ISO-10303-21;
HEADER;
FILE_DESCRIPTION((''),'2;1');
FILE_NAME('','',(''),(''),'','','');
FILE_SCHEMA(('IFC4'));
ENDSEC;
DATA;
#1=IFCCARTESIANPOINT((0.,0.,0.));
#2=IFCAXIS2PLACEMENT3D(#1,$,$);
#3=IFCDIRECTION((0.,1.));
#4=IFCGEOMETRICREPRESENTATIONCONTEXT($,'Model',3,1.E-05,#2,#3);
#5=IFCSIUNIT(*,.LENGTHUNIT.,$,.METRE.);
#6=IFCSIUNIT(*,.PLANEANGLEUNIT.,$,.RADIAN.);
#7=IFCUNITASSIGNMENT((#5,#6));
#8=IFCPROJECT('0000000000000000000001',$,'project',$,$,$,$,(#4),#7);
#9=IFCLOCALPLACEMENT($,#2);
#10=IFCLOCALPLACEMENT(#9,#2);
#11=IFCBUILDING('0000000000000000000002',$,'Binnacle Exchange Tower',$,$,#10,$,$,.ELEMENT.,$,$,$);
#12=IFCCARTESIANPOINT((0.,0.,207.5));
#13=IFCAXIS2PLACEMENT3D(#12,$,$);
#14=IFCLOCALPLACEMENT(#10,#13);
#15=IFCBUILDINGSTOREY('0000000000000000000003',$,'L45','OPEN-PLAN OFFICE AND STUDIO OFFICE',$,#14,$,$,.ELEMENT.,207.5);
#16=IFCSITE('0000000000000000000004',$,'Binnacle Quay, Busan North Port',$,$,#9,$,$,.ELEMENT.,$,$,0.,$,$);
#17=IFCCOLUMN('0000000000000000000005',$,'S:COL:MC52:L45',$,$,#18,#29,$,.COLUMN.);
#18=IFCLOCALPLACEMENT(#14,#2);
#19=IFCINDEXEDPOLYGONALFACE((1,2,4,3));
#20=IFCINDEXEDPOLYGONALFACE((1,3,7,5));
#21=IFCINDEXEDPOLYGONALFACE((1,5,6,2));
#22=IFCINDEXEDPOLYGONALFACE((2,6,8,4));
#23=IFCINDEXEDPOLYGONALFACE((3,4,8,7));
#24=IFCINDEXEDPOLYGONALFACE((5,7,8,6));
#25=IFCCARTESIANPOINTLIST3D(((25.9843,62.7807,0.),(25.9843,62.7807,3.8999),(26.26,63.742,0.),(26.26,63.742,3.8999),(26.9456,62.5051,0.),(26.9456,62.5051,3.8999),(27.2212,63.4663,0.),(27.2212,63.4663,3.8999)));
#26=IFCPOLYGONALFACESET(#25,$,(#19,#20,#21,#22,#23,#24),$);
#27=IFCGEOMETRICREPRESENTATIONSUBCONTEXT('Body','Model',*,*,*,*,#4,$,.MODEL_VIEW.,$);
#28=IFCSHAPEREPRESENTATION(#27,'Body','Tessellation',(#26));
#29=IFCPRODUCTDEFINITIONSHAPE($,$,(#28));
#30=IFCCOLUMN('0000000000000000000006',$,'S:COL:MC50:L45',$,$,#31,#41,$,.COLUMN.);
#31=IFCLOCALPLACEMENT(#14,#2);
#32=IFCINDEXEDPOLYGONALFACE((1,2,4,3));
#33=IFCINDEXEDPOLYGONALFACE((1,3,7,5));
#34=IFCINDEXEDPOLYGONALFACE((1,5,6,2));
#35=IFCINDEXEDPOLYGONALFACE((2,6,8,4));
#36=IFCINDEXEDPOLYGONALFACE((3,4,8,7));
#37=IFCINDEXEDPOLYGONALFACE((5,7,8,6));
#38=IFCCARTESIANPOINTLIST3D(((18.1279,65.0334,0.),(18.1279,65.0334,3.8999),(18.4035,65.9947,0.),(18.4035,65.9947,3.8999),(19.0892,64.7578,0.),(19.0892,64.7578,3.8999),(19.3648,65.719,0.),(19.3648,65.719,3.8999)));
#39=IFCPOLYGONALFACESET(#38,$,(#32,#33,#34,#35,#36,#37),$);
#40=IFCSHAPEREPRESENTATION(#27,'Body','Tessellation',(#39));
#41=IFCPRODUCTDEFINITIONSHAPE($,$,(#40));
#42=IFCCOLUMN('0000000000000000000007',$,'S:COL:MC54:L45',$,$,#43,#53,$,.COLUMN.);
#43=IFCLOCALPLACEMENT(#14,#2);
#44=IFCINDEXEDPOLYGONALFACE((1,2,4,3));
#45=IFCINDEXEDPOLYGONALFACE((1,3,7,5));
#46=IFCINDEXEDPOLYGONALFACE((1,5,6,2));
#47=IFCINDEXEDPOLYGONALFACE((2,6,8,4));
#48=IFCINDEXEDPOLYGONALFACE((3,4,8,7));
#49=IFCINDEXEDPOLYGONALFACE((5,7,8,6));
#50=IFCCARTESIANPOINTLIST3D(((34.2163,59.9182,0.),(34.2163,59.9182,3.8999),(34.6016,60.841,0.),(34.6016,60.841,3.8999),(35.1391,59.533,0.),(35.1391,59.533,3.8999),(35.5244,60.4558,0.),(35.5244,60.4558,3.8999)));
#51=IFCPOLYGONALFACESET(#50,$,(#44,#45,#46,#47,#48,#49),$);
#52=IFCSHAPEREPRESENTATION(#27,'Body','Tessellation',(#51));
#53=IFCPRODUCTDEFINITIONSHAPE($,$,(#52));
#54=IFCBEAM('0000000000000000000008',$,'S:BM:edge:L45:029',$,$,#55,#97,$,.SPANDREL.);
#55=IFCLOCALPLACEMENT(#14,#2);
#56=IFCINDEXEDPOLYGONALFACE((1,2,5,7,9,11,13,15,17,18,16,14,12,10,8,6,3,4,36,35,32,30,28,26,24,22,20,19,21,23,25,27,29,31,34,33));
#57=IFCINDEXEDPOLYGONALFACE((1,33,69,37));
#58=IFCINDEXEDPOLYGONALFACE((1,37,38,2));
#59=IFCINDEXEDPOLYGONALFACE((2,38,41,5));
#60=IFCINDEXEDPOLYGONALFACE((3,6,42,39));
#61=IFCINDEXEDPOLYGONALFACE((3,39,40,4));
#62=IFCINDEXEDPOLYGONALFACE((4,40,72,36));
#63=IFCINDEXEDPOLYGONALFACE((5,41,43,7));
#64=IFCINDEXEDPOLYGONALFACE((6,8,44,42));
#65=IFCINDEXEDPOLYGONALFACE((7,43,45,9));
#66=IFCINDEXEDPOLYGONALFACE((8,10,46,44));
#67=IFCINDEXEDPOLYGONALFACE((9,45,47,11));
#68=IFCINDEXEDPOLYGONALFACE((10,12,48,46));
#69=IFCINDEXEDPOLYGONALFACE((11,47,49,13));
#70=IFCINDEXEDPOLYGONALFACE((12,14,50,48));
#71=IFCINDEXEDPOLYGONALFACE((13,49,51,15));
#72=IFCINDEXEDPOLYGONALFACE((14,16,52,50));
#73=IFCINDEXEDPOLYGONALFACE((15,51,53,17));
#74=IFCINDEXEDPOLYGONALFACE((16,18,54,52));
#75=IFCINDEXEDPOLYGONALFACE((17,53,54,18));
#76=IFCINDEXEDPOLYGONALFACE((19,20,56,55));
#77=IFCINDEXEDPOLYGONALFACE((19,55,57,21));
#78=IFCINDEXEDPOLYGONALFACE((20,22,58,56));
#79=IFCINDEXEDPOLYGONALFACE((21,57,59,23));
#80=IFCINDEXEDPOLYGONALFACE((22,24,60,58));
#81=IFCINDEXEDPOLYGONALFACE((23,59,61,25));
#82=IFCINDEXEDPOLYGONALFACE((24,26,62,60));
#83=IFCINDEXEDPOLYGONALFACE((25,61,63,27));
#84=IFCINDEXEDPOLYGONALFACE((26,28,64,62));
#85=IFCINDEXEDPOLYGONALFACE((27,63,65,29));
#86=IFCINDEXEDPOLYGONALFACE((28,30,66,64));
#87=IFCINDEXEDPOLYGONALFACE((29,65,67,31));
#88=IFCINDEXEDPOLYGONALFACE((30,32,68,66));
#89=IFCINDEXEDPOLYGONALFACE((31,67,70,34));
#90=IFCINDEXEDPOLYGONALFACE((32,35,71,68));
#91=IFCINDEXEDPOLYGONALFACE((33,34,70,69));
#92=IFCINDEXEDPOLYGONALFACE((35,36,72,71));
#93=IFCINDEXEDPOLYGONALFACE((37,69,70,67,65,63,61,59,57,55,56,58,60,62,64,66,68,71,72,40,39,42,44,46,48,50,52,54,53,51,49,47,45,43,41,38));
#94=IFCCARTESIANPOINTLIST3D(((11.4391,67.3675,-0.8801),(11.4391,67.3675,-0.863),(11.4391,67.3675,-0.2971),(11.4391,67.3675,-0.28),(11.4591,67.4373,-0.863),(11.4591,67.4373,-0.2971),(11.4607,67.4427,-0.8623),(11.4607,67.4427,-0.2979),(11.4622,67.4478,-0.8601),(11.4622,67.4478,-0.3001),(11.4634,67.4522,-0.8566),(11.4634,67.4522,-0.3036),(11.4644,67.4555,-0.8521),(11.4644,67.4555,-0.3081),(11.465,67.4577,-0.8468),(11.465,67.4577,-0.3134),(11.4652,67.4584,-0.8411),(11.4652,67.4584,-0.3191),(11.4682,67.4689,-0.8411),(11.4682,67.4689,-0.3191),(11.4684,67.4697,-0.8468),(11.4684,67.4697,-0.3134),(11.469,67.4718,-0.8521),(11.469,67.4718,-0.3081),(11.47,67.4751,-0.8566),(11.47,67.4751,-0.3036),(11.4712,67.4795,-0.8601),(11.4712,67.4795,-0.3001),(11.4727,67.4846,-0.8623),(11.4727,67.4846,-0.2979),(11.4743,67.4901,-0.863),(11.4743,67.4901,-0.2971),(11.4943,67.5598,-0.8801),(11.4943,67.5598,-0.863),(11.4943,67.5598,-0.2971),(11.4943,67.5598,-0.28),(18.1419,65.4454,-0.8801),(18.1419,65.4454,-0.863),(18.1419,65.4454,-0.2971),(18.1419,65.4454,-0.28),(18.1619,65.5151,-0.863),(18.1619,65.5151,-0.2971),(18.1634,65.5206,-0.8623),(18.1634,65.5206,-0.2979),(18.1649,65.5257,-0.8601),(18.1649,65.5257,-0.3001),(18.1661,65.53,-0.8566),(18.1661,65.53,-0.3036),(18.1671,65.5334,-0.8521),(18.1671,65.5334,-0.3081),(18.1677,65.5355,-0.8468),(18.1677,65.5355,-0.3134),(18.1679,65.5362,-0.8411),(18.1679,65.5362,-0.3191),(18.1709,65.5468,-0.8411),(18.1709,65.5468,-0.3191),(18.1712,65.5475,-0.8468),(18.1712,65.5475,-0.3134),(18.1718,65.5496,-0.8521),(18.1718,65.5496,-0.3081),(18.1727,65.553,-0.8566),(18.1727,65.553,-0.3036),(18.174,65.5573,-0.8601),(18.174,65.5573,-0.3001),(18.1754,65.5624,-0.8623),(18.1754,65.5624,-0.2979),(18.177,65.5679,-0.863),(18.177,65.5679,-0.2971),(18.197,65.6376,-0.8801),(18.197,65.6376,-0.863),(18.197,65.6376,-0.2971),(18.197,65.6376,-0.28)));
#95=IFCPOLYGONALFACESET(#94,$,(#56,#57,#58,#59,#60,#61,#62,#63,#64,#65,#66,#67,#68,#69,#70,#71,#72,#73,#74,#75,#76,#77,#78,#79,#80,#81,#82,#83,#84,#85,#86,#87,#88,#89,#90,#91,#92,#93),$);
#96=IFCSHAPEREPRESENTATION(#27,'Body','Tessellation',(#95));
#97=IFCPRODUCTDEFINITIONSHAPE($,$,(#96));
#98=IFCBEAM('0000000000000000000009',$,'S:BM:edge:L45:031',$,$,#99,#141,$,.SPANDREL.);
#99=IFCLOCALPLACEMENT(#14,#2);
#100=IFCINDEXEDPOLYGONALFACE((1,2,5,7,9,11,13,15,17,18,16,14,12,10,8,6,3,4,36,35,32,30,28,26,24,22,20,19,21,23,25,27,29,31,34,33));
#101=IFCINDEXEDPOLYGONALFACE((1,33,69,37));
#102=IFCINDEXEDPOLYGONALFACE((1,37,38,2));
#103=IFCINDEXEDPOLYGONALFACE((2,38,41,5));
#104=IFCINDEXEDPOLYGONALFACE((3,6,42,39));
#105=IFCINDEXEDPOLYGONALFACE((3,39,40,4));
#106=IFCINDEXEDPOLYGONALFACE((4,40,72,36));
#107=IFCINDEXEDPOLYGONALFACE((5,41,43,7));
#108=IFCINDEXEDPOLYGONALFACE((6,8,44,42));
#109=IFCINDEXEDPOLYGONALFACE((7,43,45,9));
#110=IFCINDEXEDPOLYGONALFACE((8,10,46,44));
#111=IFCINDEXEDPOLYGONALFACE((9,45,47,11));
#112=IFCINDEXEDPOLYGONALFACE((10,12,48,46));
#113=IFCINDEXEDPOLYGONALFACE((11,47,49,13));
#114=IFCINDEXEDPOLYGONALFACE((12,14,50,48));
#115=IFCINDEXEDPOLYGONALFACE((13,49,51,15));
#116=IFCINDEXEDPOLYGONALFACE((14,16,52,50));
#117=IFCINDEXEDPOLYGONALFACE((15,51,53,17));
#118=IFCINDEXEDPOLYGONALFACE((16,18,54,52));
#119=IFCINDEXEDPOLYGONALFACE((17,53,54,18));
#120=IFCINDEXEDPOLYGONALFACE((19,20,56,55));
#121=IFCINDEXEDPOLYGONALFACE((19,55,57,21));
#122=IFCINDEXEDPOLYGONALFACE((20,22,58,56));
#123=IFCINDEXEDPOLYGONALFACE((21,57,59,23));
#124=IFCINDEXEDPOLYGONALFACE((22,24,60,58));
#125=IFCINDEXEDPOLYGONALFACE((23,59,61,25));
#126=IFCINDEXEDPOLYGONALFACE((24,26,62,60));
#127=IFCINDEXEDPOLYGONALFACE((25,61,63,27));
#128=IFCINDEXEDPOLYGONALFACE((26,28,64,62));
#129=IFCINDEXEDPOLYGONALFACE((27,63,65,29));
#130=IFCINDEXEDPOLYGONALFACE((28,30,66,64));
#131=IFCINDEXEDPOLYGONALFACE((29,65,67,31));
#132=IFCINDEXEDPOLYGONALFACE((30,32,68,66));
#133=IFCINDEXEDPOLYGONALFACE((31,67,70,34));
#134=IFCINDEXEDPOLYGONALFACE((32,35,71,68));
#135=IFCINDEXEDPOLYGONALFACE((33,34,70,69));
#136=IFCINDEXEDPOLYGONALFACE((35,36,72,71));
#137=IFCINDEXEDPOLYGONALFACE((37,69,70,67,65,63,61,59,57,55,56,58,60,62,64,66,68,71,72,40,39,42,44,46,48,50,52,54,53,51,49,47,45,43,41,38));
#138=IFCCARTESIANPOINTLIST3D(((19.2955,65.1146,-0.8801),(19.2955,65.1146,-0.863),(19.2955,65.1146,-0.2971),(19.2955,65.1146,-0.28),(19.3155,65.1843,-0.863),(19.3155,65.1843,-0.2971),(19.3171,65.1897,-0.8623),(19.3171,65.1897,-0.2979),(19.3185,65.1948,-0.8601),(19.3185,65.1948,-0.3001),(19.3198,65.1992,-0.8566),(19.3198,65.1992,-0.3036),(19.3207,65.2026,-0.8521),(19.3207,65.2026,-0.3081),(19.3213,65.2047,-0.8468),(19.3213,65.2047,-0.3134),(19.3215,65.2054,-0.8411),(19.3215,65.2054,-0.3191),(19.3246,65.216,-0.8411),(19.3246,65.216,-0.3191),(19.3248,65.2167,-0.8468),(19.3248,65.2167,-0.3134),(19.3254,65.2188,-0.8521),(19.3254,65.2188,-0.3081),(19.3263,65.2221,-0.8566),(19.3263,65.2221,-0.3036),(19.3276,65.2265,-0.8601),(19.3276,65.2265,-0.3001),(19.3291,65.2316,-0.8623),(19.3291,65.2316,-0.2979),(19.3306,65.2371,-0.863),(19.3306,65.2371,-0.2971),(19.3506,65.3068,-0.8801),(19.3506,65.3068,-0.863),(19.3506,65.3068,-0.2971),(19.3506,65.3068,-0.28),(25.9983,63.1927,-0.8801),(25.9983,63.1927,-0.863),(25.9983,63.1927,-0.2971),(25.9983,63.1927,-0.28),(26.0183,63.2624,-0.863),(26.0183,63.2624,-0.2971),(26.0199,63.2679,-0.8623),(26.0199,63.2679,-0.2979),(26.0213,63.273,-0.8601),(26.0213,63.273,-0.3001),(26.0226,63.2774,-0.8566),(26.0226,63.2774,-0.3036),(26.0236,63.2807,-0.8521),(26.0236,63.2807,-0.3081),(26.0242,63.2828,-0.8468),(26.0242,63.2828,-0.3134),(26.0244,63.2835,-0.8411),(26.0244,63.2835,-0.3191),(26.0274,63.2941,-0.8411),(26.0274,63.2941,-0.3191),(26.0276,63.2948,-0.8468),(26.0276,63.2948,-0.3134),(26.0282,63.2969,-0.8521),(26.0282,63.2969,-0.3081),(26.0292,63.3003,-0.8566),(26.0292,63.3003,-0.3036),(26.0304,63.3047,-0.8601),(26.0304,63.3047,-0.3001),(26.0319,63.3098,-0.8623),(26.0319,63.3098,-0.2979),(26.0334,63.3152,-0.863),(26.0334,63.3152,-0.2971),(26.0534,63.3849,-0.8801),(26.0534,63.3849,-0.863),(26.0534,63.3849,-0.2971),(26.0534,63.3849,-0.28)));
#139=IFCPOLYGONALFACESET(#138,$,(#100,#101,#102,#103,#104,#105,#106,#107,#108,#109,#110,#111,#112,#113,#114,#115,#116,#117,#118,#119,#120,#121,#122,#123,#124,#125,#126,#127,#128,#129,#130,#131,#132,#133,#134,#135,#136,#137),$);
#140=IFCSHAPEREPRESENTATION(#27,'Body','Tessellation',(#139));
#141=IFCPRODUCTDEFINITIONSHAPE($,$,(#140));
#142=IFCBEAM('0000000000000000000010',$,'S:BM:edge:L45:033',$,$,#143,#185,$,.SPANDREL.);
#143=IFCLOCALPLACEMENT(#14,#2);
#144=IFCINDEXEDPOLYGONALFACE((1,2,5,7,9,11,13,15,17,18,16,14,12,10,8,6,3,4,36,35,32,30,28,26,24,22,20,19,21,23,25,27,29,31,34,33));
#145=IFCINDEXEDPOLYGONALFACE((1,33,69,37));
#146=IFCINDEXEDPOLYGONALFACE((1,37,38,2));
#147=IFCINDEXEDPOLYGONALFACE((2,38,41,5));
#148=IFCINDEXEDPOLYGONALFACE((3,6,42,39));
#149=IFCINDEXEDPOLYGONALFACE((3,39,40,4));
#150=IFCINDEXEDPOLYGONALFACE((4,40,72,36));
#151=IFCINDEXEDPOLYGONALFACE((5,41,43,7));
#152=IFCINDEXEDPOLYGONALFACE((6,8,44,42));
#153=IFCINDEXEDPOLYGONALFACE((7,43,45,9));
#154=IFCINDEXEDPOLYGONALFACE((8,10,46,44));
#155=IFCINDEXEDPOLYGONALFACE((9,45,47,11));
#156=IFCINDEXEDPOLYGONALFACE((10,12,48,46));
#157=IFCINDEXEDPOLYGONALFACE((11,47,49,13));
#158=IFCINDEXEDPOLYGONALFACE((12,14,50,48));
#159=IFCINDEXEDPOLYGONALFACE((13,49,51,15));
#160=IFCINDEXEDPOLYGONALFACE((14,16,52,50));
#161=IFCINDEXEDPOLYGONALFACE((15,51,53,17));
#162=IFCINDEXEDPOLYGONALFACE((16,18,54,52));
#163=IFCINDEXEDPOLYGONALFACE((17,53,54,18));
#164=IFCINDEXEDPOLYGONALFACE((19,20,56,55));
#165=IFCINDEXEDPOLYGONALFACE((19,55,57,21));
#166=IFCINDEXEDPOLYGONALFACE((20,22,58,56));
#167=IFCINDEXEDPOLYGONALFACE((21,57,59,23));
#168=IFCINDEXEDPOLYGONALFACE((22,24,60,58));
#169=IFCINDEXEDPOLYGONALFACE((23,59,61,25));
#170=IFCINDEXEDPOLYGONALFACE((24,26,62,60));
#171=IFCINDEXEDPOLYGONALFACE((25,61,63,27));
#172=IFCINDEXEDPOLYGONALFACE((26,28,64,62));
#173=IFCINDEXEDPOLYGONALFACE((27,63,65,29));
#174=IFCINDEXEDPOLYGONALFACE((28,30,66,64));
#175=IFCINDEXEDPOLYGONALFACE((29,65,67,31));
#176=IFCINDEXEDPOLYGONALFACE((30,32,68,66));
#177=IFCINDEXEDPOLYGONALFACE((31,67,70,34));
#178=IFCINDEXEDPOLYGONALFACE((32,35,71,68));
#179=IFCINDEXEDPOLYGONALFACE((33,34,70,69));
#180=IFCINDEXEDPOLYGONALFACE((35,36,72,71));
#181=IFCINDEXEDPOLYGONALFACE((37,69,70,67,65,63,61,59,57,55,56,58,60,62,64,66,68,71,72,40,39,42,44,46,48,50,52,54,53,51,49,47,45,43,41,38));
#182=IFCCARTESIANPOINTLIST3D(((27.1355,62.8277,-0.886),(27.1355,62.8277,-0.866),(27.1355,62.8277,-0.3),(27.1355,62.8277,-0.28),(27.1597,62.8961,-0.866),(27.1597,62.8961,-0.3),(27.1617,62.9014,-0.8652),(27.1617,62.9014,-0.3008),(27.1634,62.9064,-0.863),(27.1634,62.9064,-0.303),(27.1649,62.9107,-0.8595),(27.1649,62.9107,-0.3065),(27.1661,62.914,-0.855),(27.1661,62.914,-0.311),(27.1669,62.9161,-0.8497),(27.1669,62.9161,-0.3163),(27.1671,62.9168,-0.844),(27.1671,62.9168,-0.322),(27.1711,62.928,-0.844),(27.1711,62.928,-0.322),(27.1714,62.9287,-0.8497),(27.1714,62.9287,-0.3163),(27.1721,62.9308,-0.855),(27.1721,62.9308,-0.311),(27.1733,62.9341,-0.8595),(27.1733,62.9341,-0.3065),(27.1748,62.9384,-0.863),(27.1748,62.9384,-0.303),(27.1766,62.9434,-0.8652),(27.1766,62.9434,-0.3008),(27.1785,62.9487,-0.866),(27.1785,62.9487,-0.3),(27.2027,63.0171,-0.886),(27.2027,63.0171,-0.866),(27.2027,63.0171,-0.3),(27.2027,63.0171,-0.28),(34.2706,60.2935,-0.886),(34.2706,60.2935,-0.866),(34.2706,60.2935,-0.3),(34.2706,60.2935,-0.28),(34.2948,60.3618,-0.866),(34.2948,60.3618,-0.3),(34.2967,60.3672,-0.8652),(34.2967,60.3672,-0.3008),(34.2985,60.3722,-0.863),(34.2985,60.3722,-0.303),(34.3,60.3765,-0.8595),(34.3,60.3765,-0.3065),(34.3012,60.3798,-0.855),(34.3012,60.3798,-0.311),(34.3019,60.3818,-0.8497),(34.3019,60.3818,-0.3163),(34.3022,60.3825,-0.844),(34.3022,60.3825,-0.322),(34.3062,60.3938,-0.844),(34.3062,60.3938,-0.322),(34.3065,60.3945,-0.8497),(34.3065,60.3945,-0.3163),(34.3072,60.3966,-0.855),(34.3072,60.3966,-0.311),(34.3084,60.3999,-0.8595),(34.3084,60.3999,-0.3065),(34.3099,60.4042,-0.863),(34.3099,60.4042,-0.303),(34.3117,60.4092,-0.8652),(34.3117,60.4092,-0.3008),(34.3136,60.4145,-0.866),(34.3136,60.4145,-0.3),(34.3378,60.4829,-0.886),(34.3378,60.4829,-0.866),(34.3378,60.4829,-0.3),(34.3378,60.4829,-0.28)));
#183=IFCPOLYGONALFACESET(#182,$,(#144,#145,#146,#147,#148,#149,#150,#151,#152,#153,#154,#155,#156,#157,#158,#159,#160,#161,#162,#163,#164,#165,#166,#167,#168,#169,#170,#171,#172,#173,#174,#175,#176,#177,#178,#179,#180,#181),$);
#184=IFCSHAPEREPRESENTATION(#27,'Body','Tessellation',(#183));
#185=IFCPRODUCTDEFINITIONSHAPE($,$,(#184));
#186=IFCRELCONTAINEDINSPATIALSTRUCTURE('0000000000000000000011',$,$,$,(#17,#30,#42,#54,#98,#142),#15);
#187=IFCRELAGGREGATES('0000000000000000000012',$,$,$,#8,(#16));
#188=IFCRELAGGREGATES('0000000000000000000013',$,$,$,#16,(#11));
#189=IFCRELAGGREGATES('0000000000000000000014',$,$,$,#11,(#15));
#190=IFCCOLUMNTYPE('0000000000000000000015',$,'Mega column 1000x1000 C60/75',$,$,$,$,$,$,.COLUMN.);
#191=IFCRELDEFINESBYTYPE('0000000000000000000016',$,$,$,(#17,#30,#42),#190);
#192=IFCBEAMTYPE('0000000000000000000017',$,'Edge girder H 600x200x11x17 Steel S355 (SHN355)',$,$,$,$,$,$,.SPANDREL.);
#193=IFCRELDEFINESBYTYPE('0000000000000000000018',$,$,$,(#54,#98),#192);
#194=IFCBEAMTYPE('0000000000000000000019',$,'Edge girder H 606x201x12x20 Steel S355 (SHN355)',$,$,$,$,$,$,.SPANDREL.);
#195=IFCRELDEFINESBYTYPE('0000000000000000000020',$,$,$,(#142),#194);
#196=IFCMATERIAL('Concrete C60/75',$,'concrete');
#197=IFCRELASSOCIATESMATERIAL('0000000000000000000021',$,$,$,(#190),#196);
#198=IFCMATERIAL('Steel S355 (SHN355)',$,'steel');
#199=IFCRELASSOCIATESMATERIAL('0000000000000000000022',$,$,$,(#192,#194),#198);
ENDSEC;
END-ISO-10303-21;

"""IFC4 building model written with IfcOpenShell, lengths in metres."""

from ifc_helpers import new_model, si_unit, direction, frame, origin, origin_2d, place, context, subcontext, project, spatial, rectangle, i_section, extrude, material, material_profile, profile_set, type_object, element, save


model = new_model("IFC4")

# Units and contexts
model_context = context("Model", 3, precision=1e-05, world=origin(), true_north=direction((0.0, 1.0)))
body_context = subcontext(model_context, "Body", "Model", "MODEL_VIEW")
ifc_project = project(units=[si_unit("LENGTHUNIT", "METRE"), si_unit("PLANEANGLEUNIT", "RADIAN")], contexts=[model_context])

# Site, building, storey
site_placement = place(None, origin())
site = spatial("IfcSite", under=ifc_project, at=site_placement, Name="Binnacle Quay, Busan North Port", CompositionType="ELEMENT", RefElevation=0.0)
building_placement = place(site_placement, origin())
building = spatial("IfcBuilding", under=site, at=building_placement, Name="Binnacle Exchange Tower", CompositionType="ELEMENT")
storey_placement = place(building_placement, frame((0.0, 0.0, 207.5)))
storey = spatial("IfcBuildingStorey", under=building, at=storey_placement, Name="L45", Description="OPEN-PLAN OFFICE AND STUDIO OFFICE", CompositionType="ELEMENT", Elevation=207.5)

# Columns
ifc_material_1 = material(Name="Concrete C60/75", Category="concrete")
ifc_material_profile_1 = material_profile(ifc_material_1, rectangle(XDim=1.0, YDim=1.0, at=origin_2d()), Name="Mega column 1000x1000 C60/75")
ifc_profile_set_1 = profile_set([ifc_material_profile_1], Name="Concrete C60/75")
column_type = type_object("IfcColumnType", Name="Mega column 1000x1000 C60/75", PredefinedType="COLUMN", material=ifc_profile_set_1)
for number, where, z_axis, x_axis, name in (
    (1, (26.6028, 63.1235, 0.0), (0.0, 0.0, 1.0), (-0.961262, 0.275637, 0.0), "S:COL:MC52:L45"),
    (2, (18.7463, 65.3762, 0.0), (0.0, 0.0, 1.0), (-0.961262, 0.275637, 0.0), "S:COL:MC50:L45"),
    (3, (34.8704, 60.187, 0.0), (0.0, 0.0, 1.0), (-0.922814, 0.385246, 0.0), "S:COL:MC54:L45"),
):
    element("IfcColumn", number, at=place(storey_placement, frame(where, z_axis=z_axis, x_axis=x_axis)), inside=storey, type_object=column_type, Name=name, PredefinedType="COLUMN", context=body_context, shape_type="SweptSolid", body=[
        extrude(rectangle(XDim=1.0, YDim=1.0, at=origin_2d()), origin(), (0.0, 0.0, 1.0), 3.8999),
    ])

# Beams
ifc_material_2 = material(Name="Steel S355 (SHN355)", Category="steel")
ifc_material_profile_2 = material_profile(ifc_material_2, i_section(OverallWidth=0.2, OverallDepth=0.6001, WebThickness=0.011, FlangeThickness=0.0171, FilletRadius=0.022, at=origin_2d()), Name="H 600x200x11x17")
ifc_profile_set_2 = profile_set([ifc_material_profile_2], Name="Steel S355 (SHN355)")
beam_type_1 = type_object("IfcBeamType", Name="Edge girder H 600x200x11x17 Steel S355 (SHN355)", PredefinedType="SPANDREL", material=ifc_profile_set_2)
for number, where, z_axis, x_axis, name in (
    (4, (18.1694, 65.5415, -0.5801), (-0.961255, 0.27566, 0.0), (-0.27566, -0.961255, 0.0), "S:BM:edge:L45:029"),
    (5, (26.0259, 63.2888, -0.5801), (-0.961267, 0.275618, 0.0), (-0.275618, -0.961267, 0.0), "S:BM:edge:L45:031"),
):
    element("IfcBeam", number, at=place(storey_placement, frame(where, z_axis=z_axis, x_axis=x_axis)), inside=storey, type_object=beam_type_1, Name=name, PredefinedType="SPANDREL", context=body_context, shape_type="SweptSolid", body=[
        extrude(i_section(OverallWidth=0.2, OverallDepth=0.6001, WebThickness=0.011, FlangeThickness=0.0171, FilletRadius=0.022, at=origin_2d()), origin(), (0.0, 0.0, 1.0), 6.9729),
    ])
ifc_material_profile_3 = material_profile(ifc_material_2, i_section(OverallWidth=0.2009, OverallDepth=0.606, WebThickness=0.012, FlangeThickness=0.02, FilletRadius=0.022, at=origin_2d()), Name="H 606x201x12x20")
ifc_profile_set_3 = profile_set([ifc_material_profile_3], Name="Steel S355 (SHN355)")
beam_type_2 = type_object("IfcBeamType", Name="Edge girder H 606x201x12x20 Steel S355 (SHN355)", PredefinedType="SPANDREL", material=ifc_profile_set_3)
beam_1_placement = place(storey_placement, frame((34.3042, 60.3882, -0.583), z_axis=(-0.942328, 0.334692, 0.0), x_axis=(-0.334692, -0.942328, 0.0)))
element("IfcBeam", 6, at=beam_1_placement, inside=storey, type_object=beam_type_2, Name="S:BM:edge:L45:033", PredefinedType="SPANDREL", context=body_context, shape_type="SweptSolid", body=[
    extrude(i_section(OverallWidth=0.2009, OverallDepth=0.606, WebThickness=0.012, FlangeThickness=0.02, FilletRadius=0.022, at=origin_2d()), origin(), (0.0, 0.0, 1.0), 7.5718),
])

save(model, "model.ifc")
